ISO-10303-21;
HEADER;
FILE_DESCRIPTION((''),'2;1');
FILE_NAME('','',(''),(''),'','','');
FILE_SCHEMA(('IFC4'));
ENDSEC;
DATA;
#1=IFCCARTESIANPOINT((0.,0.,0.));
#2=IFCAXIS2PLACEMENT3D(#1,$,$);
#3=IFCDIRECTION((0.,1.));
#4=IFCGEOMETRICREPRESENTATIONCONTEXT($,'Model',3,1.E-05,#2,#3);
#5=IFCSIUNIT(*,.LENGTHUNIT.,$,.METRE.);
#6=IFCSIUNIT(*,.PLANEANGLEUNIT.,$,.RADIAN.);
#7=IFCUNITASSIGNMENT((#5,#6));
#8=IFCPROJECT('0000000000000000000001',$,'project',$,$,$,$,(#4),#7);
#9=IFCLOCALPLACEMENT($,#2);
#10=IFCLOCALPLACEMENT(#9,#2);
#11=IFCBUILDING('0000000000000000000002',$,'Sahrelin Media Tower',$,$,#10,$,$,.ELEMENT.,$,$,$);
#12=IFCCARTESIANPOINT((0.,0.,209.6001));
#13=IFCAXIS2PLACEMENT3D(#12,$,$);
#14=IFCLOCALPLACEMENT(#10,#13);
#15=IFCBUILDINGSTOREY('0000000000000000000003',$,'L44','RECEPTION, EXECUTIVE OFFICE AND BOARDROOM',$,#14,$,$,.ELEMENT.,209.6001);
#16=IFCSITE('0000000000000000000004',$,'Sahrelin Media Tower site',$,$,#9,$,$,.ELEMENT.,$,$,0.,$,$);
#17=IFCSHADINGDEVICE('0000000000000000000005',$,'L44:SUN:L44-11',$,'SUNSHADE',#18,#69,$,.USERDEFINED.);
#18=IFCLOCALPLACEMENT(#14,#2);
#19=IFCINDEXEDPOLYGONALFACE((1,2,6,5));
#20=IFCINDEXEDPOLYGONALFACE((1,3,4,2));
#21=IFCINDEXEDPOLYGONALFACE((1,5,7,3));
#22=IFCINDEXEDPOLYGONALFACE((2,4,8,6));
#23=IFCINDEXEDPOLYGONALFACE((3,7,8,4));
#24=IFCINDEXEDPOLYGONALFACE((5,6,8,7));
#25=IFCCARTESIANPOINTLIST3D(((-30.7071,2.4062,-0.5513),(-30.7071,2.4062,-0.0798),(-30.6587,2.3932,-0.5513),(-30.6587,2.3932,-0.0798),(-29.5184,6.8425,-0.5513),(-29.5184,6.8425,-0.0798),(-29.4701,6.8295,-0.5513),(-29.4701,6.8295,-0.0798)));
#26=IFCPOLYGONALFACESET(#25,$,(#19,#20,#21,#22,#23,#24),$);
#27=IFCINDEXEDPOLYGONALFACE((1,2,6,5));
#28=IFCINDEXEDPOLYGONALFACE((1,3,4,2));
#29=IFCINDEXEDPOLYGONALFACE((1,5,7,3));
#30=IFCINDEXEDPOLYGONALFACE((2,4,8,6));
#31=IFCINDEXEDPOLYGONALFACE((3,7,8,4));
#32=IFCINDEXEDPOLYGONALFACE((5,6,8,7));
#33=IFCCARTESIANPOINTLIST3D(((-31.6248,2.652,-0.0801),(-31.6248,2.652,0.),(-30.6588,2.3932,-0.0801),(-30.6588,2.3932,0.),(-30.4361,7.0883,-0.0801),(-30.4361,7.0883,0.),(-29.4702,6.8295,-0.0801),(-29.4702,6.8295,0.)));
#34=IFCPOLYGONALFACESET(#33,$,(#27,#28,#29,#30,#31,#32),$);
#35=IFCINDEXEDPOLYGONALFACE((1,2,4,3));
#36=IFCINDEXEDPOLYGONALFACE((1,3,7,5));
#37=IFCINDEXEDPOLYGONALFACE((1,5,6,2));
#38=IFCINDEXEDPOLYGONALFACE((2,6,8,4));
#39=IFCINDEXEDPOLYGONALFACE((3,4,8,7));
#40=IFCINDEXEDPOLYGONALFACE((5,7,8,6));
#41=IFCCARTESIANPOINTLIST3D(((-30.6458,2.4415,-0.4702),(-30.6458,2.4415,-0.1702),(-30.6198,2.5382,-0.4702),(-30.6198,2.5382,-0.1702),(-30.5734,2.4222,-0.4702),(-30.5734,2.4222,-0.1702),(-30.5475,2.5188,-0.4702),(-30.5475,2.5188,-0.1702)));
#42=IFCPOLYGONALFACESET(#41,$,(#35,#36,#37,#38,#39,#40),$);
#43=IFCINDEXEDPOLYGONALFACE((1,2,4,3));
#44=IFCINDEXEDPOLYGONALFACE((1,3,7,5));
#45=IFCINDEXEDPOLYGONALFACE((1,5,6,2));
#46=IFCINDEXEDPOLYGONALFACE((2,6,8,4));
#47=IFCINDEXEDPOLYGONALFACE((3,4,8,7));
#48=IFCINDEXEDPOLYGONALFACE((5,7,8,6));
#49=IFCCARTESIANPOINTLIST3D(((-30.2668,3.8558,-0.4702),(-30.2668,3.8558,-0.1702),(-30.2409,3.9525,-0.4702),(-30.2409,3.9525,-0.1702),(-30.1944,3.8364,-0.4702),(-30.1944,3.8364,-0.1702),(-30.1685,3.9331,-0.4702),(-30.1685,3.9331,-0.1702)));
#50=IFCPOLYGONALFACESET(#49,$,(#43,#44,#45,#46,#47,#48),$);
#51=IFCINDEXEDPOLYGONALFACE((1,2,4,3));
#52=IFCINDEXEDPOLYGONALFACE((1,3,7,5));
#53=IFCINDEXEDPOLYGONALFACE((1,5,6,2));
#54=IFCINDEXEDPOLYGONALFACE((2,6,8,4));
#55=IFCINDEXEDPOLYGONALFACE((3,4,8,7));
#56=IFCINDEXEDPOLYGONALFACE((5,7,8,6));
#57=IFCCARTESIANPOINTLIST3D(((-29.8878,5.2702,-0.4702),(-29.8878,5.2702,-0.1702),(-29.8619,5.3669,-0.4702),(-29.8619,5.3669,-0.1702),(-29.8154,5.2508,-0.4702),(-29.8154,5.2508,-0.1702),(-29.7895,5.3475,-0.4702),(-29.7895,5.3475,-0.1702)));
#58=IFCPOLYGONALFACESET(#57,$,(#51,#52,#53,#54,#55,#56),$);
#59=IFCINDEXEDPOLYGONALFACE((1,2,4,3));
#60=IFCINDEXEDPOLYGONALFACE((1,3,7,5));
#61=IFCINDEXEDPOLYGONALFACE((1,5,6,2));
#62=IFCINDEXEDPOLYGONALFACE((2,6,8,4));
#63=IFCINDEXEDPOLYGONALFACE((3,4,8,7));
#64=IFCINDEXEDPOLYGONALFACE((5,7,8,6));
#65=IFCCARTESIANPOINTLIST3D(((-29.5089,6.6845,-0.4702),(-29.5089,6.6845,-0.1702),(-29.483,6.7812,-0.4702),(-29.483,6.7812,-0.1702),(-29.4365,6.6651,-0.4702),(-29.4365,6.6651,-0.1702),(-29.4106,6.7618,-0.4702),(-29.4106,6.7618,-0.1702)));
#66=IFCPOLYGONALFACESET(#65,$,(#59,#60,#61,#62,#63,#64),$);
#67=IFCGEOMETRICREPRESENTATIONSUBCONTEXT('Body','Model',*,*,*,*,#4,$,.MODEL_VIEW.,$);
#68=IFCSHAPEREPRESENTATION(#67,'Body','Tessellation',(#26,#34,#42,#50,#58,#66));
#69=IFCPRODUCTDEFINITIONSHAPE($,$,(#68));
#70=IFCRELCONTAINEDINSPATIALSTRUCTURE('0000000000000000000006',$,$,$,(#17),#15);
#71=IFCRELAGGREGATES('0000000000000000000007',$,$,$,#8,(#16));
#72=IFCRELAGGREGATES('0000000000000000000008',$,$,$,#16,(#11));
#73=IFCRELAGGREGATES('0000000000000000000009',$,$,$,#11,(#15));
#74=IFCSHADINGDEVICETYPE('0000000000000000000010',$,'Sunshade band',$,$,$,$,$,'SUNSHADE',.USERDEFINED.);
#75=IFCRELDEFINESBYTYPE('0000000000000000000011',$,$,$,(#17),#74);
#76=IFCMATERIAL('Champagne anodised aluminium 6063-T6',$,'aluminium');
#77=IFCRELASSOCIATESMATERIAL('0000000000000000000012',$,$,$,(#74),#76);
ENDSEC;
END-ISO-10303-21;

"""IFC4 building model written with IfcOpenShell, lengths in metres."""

from ifc_helpers import new_model, si_unit, direction, frame, origin, origin_2d, place, context, subcontext, project, spatial, rectangle, extrude, material, type_object, element, save


model = new_model("IFC4")

# Units and contexts
model_context = context("Model", 3, precision=1e-05, world=origin(), true_north=direction((0.0, 1.0)))
body_context = subcontext(model_context, "Body", "Model", "MODEL_VIEW")
ifc_project = project(units=[si_unit("LENGTHUNIT", "METRE"), si_unit("PLANEANGLEUNIT", "RADIAN")], contexts=[model_context])

# Site, building, storey
site_placement = place(None, origin())
site = spatial("IfcSite", under=ifc_project, at=site_placement, Name="Sahrelin Media Tower site", CompositionType="ELEMENT", RefElevation=0.0)
building_placement = place(site_placement, origin())
building = spatial("IfcBuilding", under=site, at=building_placement, Name="Sahrelin Media Tower", CompositionType="ELEMENT")
storey_placement = place(building_placement, frame((0.0, 0.0, 209.6001)))
storey = spatial("IfcBuildingStorey", under=building, at=storey_placement, Name="L44", Description="RECEPTION, EXECUTIVE OFFICE AND BOARDROOM", CompositionType="ELEMENT", Elevation=209.6001)

# Shared definitions
ifc_material_1 = material(Name="Champagne anodised aluminium 6063-T6", Category="aluminium")

# Shading device
placement_1 = place(storey_placement, frame((-30.0452, 4.6062, 0.0), z_axis=(0.0, 0.0, 1.0), x_axis=(0.258808, 0.965929, 0.0)))
shading_device_type_1 = type_object("IfcShadingDeviceType", Name="Sunshade band", ElementType="SUNSHADE", PredefinedType="USERDEFINED", material=ifc_material_1)
element("IfcShadingDevice", 1, at=placement_1, inside=storey, type_object=shading_device_type_1, Name="L44:SUN:L44-11", ObjectType="SUNSHADE", PredefinedType="USERDEFINED", context=body_context, shape_type="SweptSolid", body=[
    extrude(rectangle(XDim=4.5928, YDim=0.05, at=origin_2d()), frame((0.0, 0.0449, -0.5513)), (0.0, 0.0, 1.0), 0.4714),
    extrude(rectangle(XDim=4.5928, YDim=1.0, at=origin_2d()), frame((0.0, 0.52, -0.0801)), (0.0, 0.0, 1.0), 0.0801),
    extrude(rectangle(XDim=0.1001, YDim=0.075, at=origin_2d()), frame((-2.1963, -0.0176, -0.4702)), (0.0, 0.0, 1.0), 0.3),
    extrude(rectangle(XDim=0.1001, YDim=0.075, at=origin_2d()), frame((-0.7322, -0.0176, -0.4702)), (0.0, 0.0, 1.0), 0.3),
    extrude(rectangle(XDim=0.1001, YDim=0.075, at=origin_2d()), frame((0.7322, -0.0176, -0.4702)), (0.0, 0.0, 1.0), 0.3),
    extrude(rectangle(XDim=0.1001, YDim=0.075, at=origin_2d()), frame((2.1963, -0.0176, -0.4702)), (0.0, 0.0, 1.0), 0.3),
])

save(model, "model.ifc")
